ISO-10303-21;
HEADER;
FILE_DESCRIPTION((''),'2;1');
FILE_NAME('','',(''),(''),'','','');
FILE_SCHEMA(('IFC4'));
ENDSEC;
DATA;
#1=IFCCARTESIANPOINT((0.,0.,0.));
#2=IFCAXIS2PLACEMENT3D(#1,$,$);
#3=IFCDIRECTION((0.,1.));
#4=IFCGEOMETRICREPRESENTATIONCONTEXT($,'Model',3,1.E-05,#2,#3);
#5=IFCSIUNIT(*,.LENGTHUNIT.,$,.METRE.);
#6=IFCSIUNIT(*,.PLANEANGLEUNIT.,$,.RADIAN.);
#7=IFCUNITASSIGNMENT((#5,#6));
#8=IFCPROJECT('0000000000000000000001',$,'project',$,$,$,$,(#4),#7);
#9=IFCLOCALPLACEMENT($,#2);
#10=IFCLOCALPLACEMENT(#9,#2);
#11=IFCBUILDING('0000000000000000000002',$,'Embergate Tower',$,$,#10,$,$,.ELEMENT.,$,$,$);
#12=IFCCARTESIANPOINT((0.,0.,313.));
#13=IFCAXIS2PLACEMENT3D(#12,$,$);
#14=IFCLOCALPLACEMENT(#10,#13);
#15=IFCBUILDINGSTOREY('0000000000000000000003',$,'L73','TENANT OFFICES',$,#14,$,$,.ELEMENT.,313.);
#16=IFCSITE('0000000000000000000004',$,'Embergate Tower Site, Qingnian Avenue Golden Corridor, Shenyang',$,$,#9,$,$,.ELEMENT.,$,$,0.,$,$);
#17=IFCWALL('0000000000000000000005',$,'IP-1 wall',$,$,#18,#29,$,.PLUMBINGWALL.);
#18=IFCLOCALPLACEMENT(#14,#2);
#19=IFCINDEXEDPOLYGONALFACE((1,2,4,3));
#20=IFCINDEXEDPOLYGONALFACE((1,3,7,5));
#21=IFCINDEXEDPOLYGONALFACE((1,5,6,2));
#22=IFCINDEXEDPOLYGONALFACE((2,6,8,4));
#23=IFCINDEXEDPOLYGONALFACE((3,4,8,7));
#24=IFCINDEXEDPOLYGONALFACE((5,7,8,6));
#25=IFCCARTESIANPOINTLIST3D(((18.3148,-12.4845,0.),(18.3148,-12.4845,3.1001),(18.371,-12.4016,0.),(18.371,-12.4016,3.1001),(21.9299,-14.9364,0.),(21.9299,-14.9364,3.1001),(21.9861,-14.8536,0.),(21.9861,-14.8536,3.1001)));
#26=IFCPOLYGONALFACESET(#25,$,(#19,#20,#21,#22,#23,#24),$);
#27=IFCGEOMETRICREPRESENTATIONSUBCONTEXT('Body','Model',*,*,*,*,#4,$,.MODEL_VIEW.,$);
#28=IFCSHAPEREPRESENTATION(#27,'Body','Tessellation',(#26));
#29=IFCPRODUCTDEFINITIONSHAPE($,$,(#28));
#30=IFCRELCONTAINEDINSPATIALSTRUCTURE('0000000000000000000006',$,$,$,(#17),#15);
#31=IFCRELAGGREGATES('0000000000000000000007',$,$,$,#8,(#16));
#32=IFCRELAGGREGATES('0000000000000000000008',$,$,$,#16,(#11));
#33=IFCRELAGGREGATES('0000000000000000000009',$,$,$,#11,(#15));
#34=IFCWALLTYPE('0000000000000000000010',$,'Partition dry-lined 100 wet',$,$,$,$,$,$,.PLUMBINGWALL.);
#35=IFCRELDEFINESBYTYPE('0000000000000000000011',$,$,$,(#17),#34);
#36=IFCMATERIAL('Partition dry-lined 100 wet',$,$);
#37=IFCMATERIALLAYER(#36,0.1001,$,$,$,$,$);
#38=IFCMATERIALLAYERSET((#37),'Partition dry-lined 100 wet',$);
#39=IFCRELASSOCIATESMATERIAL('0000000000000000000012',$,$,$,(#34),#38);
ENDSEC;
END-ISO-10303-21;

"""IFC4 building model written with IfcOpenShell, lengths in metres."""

from ifc_helpers import new_model, si_unit, direction, frame, frame_2d, origin, place, context, subcontext, project, spatial, rectangle, extrude, source, transform, mapped, material, layer, layer_set, type_object, element, save


model = new_model("IFC4")

# Units and contexts
model_context = context("Model", 3, precision=1e-05, world=origin(), true_north=direction((0.0, 1.0)))
body_context = subcontext(model_context, "Body", "Model", "MODEL_VIEW")
ifc_project = project(units=[si_unit("LENGTHUNIT", "METRE"), si_unit("PLANEANGLEUNIT", "RADIAN")], contexts=[model_context])

# Site, building, storey
site_placement = place(None, origin())
site = spatial("IfcSite", under=ifc_project, at=site_placement, Name="Embergate Tower Site, Qingnian Avenue Golden Corridor, Shenyang", CompositionType="ELEMENT", RefElevation=0.0)
building_placement = place(site_placement, origin())
building = spatial("IfcBuilding", under=site, at=building_placement, Name="Embergate Tower", CompositionType="ELEMENT")
storey_placement = place(building_placement, frame((0.0, 0.0, 313.0)))
storey = spatial("IfcBuildingStorey", under=building, at=storey_placement, Name="L73", Description="TENANT OFFICES", CompositionType="ELEMENT", Elevation=313.0)

# Wall
ifc_material_1 = material(Name="Partition dry-lined 100 wet")
ifc_layer_1 = layer(ifc_material_1, 0.1001)
ifc_layer_set_1 = layer_set([ifc_layer_1], Name="Partition dry-lined 100 wet")
wall_type = type_object("IfcWallType", Name="Partition dry-lined 100 wet", PredefinedType="PLUMBINGWALL", material=ifc_layer_set_1)
shared_shape_1 = source(origin(), body_context, "Body", "SweptSolid", [
    extrude(rectangle(XDim=4.3682, YDim=0.1001, at=frame_2d((2.1841, 0.0))), origin(), (0.0, 0.0, 1.0), 3.1001),
])
wall_1_placement = place(storey_placement, frame((21.958, -14.895, 0.0), z_axis=(0.0, 0.0, 1.0), x_axis=(-0.827595, 0.561325, 0.0)))
element("IfcWall", 1, at=wall_1_placement, inside=storey, type_object=wall_type, Name="IP-1 wall", PredefinedType="PLUMBINGWALL", context=body_context, shape_type="MappedRepresentation", body=[
    mapped(shared_shape_1, transform((0.0, 0.0, 0.0))),
])

save(model, "model.ifc")
